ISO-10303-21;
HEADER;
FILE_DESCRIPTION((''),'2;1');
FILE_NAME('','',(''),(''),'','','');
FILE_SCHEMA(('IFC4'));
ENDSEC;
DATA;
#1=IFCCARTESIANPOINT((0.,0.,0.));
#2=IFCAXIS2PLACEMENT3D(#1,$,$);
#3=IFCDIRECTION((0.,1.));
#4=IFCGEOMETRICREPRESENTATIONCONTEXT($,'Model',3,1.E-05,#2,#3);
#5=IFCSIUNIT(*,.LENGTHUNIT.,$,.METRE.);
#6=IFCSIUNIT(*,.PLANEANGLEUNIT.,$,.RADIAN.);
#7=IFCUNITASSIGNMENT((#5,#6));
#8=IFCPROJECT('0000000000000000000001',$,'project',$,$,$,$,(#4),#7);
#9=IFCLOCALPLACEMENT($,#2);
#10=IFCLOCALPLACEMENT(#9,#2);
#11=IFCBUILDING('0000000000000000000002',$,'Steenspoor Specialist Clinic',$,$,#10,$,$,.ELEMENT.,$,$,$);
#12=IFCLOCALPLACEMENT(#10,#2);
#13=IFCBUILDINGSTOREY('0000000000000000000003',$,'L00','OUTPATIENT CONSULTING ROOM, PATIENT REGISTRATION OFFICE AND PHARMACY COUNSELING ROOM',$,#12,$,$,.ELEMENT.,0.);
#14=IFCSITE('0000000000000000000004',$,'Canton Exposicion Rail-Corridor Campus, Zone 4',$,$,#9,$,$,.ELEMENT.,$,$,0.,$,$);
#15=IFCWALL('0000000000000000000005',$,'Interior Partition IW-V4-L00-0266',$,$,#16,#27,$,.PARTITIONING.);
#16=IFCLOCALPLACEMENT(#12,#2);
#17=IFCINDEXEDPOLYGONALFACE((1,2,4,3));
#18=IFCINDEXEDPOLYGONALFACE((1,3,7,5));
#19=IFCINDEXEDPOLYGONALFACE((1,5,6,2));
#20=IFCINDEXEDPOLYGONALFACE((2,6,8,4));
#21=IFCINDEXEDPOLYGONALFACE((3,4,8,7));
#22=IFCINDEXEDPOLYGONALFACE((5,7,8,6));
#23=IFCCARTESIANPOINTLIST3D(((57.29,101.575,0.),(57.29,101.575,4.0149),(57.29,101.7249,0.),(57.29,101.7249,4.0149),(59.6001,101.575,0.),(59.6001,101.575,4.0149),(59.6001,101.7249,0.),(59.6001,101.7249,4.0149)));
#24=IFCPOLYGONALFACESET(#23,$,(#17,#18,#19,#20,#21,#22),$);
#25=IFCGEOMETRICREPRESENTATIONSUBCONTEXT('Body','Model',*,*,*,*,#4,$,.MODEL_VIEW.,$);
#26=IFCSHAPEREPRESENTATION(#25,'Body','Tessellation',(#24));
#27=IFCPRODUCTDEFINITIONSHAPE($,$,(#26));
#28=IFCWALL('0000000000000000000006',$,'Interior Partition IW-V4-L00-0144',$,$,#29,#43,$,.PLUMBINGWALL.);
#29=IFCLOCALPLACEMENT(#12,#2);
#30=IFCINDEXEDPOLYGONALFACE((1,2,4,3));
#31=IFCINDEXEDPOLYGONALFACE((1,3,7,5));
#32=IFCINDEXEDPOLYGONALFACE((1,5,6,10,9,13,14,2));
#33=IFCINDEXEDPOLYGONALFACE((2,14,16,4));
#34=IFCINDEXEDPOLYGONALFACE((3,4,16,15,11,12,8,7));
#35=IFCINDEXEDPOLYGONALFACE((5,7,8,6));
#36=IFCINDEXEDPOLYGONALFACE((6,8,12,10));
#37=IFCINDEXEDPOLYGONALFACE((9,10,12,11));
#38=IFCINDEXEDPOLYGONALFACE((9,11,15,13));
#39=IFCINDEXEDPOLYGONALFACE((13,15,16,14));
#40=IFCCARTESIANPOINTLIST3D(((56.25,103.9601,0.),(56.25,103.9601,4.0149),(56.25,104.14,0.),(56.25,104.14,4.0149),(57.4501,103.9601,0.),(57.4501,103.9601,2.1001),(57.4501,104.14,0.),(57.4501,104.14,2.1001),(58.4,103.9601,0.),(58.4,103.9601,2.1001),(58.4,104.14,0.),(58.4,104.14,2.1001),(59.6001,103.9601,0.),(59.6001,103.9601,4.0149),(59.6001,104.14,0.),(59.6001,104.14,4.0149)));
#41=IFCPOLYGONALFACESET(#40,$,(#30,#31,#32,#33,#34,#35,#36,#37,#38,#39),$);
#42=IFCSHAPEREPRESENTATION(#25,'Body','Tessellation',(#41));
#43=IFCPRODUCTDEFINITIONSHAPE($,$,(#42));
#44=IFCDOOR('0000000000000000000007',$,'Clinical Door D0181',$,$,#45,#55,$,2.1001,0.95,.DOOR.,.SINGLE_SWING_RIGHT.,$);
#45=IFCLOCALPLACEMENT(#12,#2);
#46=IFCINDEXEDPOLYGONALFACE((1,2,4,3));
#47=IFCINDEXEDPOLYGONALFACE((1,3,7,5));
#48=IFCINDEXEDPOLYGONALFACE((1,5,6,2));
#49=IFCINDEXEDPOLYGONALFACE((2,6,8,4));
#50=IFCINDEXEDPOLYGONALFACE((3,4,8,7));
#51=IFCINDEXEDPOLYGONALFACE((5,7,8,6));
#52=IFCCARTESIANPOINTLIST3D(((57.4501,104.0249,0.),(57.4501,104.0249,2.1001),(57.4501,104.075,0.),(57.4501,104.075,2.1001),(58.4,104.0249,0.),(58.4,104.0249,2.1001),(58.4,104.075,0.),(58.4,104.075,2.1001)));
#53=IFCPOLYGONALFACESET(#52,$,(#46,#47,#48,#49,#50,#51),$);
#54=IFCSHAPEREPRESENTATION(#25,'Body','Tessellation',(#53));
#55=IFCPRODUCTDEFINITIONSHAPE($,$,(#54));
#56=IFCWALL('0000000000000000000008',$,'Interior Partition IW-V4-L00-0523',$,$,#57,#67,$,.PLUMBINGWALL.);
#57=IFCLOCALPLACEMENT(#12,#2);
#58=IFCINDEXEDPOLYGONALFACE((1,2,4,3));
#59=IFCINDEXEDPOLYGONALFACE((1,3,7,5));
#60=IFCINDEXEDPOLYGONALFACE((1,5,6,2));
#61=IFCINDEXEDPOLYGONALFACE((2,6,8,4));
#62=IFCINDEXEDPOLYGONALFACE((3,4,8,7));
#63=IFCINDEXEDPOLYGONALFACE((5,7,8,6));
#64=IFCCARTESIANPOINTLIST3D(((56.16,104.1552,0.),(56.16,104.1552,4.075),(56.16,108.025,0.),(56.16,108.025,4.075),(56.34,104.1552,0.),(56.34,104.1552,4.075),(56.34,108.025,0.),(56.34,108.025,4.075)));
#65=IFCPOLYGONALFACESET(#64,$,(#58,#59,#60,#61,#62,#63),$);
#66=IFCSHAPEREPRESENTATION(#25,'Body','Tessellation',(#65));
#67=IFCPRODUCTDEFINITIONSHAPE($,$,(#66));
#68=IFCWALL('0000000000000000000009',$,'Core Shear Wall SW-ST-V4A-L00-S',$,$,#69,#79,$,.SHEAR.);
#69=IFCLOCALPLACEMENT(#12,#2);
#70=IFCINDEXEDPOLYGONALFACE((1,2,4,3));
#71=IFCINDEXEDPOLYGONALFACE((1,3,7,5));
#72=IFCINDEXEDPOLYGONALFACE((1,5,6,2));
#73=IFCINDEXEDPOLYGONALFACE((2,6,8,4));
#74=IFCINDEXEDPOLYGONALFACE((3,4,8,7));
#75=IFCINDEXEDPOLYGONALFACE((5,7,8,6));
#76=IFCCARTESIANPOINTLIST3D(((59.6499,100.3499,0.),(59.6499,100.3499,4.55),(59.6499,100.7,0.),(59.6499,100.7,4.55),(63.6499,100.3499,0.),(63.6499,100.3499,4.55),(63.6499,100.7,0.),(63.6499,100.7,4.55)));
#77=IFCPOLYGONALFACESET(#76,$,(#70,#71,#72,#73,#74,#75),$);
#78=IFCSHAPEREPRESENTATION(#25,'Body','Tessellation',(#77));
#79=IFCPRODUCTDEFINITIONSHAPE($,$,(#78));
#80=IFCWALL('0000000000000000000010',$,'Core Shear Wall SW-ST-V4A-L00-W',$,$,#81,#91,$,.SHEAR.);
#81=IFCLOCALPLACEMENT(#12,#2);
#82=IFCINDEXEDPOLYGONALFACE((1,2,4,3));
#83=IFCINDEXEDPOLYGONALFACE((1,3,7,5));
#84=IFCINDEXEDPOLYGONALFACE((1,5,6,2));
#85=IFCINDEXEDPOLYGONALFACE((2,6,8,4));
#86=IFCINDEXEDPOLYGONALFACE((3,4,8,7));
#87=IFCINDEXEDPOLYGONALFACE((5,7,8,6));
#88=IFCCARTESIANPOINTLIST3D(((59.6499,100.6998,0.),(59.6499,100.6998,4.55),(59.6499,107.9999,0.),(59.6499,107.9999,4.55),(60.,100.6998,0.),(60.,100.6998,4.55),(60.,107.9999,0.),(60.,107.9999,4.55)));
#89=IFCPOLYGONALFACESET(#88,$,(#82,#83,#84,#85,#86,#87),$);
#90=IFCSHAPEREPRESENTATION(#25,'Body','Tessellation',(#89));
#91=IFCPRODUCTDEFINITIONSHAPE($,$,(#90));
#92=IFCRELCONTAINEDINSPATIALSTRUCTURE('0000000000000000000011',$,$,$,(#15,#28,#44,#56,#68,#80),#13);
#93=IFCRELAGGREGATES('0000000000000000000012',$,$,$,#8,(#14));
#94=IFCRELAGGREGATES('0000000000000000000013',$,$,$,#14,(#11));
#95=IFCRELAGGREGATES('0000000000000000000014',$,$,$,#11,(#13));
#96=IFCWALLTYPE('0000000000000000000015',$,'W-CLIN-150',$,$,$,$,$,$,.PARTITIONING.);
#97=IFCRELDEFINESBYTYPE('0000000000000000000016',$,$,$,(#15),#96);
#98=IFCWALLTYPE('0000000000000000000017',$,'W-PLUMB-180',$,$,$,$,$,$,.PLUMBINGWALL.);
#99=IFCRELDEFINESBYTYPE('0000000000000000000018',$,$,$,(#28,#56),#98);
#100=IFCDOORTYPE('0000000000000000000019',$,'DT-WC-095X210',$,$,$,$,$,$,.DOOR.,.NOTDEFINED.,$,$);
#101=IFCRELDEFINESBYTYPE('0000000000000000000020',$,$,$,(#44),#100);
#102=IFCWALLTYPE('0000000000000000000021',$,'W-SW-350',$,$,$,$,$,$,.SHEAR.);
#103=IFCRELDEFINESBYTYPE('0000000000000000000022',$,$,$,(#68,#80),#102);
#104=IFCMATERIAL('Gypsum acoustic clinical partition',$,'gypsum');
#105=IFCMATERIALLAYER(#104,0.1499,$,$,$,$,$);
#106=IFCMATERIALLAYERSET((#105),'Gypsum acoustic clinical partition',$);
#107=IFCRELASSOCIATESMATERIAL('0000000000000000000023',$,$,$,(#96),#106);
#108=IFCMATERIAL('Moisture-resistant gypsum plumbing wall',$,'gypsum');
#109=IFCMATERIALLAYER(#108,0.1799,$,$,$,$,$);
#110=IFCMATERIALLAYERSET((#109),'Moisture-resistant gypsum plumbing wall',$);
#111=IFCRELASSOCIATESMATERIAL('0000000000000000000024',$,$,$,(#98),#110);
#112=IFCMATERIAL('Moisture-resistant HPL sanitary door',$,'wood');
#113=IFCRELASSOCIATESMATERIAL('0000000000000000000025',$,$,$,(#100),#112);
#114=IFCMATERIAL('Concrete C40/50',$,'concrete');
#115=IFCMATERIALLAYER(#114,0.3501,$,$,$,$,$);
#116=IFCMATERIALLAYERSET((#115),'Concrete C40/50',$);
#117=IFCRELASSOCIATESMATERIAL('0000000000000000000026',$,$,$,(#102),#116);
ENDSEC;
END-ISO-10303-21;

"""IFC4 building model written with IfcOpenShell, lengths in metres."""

from ifc_helpers import new_model, si_unit, direction, frame, frame_2d, origin, place, context, subcontext, project, spatial, rectangle, extrude, material, layer, layer_set, type_object, element, fill, save


model = new_model("IFC4")

# Units and contexts
model_context = context("Model", 3, precision=1e-05, world=origin(), true_north=direction((0.0, 1.0)))
body_context = subcontext(model_context, "Body", "Model", "MODEL_VIEW")
ifc_project = project(units=[si_unit("LENGTHUNIT", "METRE"), si_unit("PLANEANGLEUNIT", "RADIAN")], contexts=[model_context])

# Site, building, storey
site_placement = place(None, origin())
site = spatial("IfcSite", under=ifc_project, at=site_placement, Name="Canton Exposicion Rail-Corridor Campus, Zone 4", CompositionType="ELEMENT", RefElevation=0.0)
building_placement = place(site_placement, origin())
building = spatial("IfcBuilding", under=site, at=building_placement, Name="Steenspoor Specialist Clinic", CompositionType="ELEMENT")
storey_placement = place(building_placement, origin())
storey = spatial("IfcBuildingStorey", under=building, at=storey_placement, Name="L00", Description="OUTPATIENT CONSULTING ROOM, PATIENT REGISTRATION OFFICE AND PHARMACY COUNSELING ROOM", CompositionType="ELEMENT", Elevation=0.0)

# Shared definitions
ifc_material_1 = material(Name="Concrete C40/50", Category="concrete")

# Wall
ifc_material_2 = material(Name="Gypsum acoustic clinical partition", Category="gypsum")
ifc_layer_1 = layer(ifc_material_2, 0.1499)
ifc_layer_set_1 = layer_set([ifc_layer_1], Name="Gypsum acoustic clinical partition")
wall_type_1 = type_object("IfcWallType", Name="W-CLIN-150", PredefinedType="PARTITIONING", material=ifc_layer_set_1)
wall_1_placement = place(storey_placement, frame((57.29, 101.6499, 0.0), z_axis=(0.0, 0.0, 1.0), x_axis=(1.0, 0.0, 0.0)))
element("IfcWall", 1, at=wall_1_placement, inside=storey, type_object=wall_type_1, Name="Interior Partition IW-V4-L00-0266", PredefinedType="PARTITIONING", context=body_context, shape_type="SweptSolid", body=[
    extrude(rectangle(XDim=2.3101, YDim=0.1499, at=frame_2d((1.155, 0.0))), origin(), (0.0, 0.0, 1.0), 4.0149),
])

# Wall, opening, door
ifc_material_3 = material(Name="Moisture-resistant gypsum plumbing wall", Category="gypsum")
ifc_layer_2 = layer(ifc_material_3, 0.1799)
ifc_layer_set_2 = layer_set([ifc_layer_2], Name="Moisture-resistant gypsum plumbing wall")
wall_type_2 = type_object("IfcWallType", Name="W-PLUMB-180", PredefinedType="PLUMBINGWALL", material=ifc_layer_set_2)
wall_2_placement = place(storey_placement, frame((56.25, 104.05, 0.0), z_axis=(0.0, 0.0, 1.0), x_axis=(1.0, 0.0, 0.0)))
wall_2 = element("IfcWall", 2, at=wall_2_placement, inside=storey, type_object=wall_type_2, Name="Interior Partition IW-V4-L00-0144", PredefinedType="PLUMBINGWALL", context=body_context, shape_type="SweptSolid", body=[
    extrude(rectangle(XDim=3.3501, YDim=0.1799, at=frame_2d((1.675, 0.0))), origin(), (0.0, 0.0, 1.0), 4.0149),
])
opening_placement = place(wall_2_placement, frame((1.2, 0.0, 0.0)))
opening = element("IfcOpeningElement", 3, at=opening_placement, cuts=wall_2, PredefinedType="OPENING", context=body_context, shape_type="SweptSolid", body=[
    extrude(rectangle(XDim=0.95, YDim=2.1001, at=frame_2d((0.4751, 1.05))), frame((0.0, 0.1001, 0.0), z_axis=(0.0, -1.0, 0.0), x_axis=(1.0, 0.0, 0.0)), (0.0, 0.0, 1.0), 0.2),
])
ifc_material_4 = material(Name="Moisture-resistant HPL sanitary door", Category="wood")
door_type = type_object("IfcDoorType", Name="DT-WC-095X210", OperationType="NOTDEFINED", PredefinedType="DOOR", material=ifc_material_4)
door_placement = place(opening_placement, origin())
door = element("IfcDoor", 4, at=door_placement, inside=storey, type_object=door_type, Name="Clinical Door D0181", OperationType="SINGLE_SWING_RIGHT", OverallHeight=2.1001, OverallWidth=0.95, PredefinedType="DOOR", context=body_context, shape_type="SweptSolid", body=[
    extrude(rectangle(XDim=0.95, YDim=2.1001, at=frame_2d((0.4751, 1.05))), frame((0.0, 0.0249, 0.0), z_axis=(0.0, -1.0, 0.0), x_axis=(1.0, 0.0, 0.0)), (0.0, 0.0, 1.0), 0.05),
])
fill(opening, door)

# Walls
wall_3_placement = place(storey_placement, frame((56.25, 104.155, 0.0), z_axis=(0.0, 0.0, 1.0), x_axis=(0.0, 1.0, 0.0)))
element("IfcWall", 5, at=wall_3_placement, inside=storey, type_object=wall_type_2, Name="Interior Partition IW-V4-L00-0523", PredefinedType="PLUMBINGWALL", context=body_context, shape_type="SweptSolid", body=[
    extrude(rectangle(XDim=3.8699, YDim=0.1799, at=frame_2d((1.9351, 0.0))), origin(), (0.0, 0.0, 1.0), 4.075),
])
ifc_layer_3 = layer(ifc_material_1, 0.3501)
ifc_layer_set_3 = layer_set([ifc_layer_3], Name="Concrete C40/50")
wall_type_3 = type_object("IfcWallType", Name="W-SW-350", PredefinedType="SHEAR", material=ifc_layer_set_3)
wall_4_placement = place(storey_placement, frame((59.6499, 100.5249, 0.0), z_axis=(0.0, 0.0, 1.0), x_axis=(1.0, 0.0, 0.0)))
element("IfcWall", 6, at=wall_4_placement, inside=storey, type_object=wall_type_3, Name="Core Shear Wall SW-ST-V4A-L00-S", PredefinedType="SHEAR", context=body_context, shape_type="SweptSolid", body=[
    extrude(rectangle(XDim=4.0, YDim=0.3501, at=frame_2d((2.0, 0.0))), origin(), (0.0, 0.0, 1.0), 4.55),
])
wall_5_placement = place(storey_placement, frame((59.825, 100.7, 0.0), z_axis=(0.0, 0.0, 1.0), x_axis=(0.0, 1.0, 0.0)))
element("IfcWall", 7, at=wall_5_placement, inside=storey, type_object=wall_type_3, Name="Core Shear Wall SW-ST-V4A-L00-W", PredefinedType="SHEAR", context=body_context, shape_type="SweptSolid", body=[
    extrude(rectangle(XDim=7.3, YDim=0.3501, at=frame_2d((3.6499, 0.0))), origin(), (0.0, 0.0, 1.0), 4.55),
])

save(model, "model.ifc")
